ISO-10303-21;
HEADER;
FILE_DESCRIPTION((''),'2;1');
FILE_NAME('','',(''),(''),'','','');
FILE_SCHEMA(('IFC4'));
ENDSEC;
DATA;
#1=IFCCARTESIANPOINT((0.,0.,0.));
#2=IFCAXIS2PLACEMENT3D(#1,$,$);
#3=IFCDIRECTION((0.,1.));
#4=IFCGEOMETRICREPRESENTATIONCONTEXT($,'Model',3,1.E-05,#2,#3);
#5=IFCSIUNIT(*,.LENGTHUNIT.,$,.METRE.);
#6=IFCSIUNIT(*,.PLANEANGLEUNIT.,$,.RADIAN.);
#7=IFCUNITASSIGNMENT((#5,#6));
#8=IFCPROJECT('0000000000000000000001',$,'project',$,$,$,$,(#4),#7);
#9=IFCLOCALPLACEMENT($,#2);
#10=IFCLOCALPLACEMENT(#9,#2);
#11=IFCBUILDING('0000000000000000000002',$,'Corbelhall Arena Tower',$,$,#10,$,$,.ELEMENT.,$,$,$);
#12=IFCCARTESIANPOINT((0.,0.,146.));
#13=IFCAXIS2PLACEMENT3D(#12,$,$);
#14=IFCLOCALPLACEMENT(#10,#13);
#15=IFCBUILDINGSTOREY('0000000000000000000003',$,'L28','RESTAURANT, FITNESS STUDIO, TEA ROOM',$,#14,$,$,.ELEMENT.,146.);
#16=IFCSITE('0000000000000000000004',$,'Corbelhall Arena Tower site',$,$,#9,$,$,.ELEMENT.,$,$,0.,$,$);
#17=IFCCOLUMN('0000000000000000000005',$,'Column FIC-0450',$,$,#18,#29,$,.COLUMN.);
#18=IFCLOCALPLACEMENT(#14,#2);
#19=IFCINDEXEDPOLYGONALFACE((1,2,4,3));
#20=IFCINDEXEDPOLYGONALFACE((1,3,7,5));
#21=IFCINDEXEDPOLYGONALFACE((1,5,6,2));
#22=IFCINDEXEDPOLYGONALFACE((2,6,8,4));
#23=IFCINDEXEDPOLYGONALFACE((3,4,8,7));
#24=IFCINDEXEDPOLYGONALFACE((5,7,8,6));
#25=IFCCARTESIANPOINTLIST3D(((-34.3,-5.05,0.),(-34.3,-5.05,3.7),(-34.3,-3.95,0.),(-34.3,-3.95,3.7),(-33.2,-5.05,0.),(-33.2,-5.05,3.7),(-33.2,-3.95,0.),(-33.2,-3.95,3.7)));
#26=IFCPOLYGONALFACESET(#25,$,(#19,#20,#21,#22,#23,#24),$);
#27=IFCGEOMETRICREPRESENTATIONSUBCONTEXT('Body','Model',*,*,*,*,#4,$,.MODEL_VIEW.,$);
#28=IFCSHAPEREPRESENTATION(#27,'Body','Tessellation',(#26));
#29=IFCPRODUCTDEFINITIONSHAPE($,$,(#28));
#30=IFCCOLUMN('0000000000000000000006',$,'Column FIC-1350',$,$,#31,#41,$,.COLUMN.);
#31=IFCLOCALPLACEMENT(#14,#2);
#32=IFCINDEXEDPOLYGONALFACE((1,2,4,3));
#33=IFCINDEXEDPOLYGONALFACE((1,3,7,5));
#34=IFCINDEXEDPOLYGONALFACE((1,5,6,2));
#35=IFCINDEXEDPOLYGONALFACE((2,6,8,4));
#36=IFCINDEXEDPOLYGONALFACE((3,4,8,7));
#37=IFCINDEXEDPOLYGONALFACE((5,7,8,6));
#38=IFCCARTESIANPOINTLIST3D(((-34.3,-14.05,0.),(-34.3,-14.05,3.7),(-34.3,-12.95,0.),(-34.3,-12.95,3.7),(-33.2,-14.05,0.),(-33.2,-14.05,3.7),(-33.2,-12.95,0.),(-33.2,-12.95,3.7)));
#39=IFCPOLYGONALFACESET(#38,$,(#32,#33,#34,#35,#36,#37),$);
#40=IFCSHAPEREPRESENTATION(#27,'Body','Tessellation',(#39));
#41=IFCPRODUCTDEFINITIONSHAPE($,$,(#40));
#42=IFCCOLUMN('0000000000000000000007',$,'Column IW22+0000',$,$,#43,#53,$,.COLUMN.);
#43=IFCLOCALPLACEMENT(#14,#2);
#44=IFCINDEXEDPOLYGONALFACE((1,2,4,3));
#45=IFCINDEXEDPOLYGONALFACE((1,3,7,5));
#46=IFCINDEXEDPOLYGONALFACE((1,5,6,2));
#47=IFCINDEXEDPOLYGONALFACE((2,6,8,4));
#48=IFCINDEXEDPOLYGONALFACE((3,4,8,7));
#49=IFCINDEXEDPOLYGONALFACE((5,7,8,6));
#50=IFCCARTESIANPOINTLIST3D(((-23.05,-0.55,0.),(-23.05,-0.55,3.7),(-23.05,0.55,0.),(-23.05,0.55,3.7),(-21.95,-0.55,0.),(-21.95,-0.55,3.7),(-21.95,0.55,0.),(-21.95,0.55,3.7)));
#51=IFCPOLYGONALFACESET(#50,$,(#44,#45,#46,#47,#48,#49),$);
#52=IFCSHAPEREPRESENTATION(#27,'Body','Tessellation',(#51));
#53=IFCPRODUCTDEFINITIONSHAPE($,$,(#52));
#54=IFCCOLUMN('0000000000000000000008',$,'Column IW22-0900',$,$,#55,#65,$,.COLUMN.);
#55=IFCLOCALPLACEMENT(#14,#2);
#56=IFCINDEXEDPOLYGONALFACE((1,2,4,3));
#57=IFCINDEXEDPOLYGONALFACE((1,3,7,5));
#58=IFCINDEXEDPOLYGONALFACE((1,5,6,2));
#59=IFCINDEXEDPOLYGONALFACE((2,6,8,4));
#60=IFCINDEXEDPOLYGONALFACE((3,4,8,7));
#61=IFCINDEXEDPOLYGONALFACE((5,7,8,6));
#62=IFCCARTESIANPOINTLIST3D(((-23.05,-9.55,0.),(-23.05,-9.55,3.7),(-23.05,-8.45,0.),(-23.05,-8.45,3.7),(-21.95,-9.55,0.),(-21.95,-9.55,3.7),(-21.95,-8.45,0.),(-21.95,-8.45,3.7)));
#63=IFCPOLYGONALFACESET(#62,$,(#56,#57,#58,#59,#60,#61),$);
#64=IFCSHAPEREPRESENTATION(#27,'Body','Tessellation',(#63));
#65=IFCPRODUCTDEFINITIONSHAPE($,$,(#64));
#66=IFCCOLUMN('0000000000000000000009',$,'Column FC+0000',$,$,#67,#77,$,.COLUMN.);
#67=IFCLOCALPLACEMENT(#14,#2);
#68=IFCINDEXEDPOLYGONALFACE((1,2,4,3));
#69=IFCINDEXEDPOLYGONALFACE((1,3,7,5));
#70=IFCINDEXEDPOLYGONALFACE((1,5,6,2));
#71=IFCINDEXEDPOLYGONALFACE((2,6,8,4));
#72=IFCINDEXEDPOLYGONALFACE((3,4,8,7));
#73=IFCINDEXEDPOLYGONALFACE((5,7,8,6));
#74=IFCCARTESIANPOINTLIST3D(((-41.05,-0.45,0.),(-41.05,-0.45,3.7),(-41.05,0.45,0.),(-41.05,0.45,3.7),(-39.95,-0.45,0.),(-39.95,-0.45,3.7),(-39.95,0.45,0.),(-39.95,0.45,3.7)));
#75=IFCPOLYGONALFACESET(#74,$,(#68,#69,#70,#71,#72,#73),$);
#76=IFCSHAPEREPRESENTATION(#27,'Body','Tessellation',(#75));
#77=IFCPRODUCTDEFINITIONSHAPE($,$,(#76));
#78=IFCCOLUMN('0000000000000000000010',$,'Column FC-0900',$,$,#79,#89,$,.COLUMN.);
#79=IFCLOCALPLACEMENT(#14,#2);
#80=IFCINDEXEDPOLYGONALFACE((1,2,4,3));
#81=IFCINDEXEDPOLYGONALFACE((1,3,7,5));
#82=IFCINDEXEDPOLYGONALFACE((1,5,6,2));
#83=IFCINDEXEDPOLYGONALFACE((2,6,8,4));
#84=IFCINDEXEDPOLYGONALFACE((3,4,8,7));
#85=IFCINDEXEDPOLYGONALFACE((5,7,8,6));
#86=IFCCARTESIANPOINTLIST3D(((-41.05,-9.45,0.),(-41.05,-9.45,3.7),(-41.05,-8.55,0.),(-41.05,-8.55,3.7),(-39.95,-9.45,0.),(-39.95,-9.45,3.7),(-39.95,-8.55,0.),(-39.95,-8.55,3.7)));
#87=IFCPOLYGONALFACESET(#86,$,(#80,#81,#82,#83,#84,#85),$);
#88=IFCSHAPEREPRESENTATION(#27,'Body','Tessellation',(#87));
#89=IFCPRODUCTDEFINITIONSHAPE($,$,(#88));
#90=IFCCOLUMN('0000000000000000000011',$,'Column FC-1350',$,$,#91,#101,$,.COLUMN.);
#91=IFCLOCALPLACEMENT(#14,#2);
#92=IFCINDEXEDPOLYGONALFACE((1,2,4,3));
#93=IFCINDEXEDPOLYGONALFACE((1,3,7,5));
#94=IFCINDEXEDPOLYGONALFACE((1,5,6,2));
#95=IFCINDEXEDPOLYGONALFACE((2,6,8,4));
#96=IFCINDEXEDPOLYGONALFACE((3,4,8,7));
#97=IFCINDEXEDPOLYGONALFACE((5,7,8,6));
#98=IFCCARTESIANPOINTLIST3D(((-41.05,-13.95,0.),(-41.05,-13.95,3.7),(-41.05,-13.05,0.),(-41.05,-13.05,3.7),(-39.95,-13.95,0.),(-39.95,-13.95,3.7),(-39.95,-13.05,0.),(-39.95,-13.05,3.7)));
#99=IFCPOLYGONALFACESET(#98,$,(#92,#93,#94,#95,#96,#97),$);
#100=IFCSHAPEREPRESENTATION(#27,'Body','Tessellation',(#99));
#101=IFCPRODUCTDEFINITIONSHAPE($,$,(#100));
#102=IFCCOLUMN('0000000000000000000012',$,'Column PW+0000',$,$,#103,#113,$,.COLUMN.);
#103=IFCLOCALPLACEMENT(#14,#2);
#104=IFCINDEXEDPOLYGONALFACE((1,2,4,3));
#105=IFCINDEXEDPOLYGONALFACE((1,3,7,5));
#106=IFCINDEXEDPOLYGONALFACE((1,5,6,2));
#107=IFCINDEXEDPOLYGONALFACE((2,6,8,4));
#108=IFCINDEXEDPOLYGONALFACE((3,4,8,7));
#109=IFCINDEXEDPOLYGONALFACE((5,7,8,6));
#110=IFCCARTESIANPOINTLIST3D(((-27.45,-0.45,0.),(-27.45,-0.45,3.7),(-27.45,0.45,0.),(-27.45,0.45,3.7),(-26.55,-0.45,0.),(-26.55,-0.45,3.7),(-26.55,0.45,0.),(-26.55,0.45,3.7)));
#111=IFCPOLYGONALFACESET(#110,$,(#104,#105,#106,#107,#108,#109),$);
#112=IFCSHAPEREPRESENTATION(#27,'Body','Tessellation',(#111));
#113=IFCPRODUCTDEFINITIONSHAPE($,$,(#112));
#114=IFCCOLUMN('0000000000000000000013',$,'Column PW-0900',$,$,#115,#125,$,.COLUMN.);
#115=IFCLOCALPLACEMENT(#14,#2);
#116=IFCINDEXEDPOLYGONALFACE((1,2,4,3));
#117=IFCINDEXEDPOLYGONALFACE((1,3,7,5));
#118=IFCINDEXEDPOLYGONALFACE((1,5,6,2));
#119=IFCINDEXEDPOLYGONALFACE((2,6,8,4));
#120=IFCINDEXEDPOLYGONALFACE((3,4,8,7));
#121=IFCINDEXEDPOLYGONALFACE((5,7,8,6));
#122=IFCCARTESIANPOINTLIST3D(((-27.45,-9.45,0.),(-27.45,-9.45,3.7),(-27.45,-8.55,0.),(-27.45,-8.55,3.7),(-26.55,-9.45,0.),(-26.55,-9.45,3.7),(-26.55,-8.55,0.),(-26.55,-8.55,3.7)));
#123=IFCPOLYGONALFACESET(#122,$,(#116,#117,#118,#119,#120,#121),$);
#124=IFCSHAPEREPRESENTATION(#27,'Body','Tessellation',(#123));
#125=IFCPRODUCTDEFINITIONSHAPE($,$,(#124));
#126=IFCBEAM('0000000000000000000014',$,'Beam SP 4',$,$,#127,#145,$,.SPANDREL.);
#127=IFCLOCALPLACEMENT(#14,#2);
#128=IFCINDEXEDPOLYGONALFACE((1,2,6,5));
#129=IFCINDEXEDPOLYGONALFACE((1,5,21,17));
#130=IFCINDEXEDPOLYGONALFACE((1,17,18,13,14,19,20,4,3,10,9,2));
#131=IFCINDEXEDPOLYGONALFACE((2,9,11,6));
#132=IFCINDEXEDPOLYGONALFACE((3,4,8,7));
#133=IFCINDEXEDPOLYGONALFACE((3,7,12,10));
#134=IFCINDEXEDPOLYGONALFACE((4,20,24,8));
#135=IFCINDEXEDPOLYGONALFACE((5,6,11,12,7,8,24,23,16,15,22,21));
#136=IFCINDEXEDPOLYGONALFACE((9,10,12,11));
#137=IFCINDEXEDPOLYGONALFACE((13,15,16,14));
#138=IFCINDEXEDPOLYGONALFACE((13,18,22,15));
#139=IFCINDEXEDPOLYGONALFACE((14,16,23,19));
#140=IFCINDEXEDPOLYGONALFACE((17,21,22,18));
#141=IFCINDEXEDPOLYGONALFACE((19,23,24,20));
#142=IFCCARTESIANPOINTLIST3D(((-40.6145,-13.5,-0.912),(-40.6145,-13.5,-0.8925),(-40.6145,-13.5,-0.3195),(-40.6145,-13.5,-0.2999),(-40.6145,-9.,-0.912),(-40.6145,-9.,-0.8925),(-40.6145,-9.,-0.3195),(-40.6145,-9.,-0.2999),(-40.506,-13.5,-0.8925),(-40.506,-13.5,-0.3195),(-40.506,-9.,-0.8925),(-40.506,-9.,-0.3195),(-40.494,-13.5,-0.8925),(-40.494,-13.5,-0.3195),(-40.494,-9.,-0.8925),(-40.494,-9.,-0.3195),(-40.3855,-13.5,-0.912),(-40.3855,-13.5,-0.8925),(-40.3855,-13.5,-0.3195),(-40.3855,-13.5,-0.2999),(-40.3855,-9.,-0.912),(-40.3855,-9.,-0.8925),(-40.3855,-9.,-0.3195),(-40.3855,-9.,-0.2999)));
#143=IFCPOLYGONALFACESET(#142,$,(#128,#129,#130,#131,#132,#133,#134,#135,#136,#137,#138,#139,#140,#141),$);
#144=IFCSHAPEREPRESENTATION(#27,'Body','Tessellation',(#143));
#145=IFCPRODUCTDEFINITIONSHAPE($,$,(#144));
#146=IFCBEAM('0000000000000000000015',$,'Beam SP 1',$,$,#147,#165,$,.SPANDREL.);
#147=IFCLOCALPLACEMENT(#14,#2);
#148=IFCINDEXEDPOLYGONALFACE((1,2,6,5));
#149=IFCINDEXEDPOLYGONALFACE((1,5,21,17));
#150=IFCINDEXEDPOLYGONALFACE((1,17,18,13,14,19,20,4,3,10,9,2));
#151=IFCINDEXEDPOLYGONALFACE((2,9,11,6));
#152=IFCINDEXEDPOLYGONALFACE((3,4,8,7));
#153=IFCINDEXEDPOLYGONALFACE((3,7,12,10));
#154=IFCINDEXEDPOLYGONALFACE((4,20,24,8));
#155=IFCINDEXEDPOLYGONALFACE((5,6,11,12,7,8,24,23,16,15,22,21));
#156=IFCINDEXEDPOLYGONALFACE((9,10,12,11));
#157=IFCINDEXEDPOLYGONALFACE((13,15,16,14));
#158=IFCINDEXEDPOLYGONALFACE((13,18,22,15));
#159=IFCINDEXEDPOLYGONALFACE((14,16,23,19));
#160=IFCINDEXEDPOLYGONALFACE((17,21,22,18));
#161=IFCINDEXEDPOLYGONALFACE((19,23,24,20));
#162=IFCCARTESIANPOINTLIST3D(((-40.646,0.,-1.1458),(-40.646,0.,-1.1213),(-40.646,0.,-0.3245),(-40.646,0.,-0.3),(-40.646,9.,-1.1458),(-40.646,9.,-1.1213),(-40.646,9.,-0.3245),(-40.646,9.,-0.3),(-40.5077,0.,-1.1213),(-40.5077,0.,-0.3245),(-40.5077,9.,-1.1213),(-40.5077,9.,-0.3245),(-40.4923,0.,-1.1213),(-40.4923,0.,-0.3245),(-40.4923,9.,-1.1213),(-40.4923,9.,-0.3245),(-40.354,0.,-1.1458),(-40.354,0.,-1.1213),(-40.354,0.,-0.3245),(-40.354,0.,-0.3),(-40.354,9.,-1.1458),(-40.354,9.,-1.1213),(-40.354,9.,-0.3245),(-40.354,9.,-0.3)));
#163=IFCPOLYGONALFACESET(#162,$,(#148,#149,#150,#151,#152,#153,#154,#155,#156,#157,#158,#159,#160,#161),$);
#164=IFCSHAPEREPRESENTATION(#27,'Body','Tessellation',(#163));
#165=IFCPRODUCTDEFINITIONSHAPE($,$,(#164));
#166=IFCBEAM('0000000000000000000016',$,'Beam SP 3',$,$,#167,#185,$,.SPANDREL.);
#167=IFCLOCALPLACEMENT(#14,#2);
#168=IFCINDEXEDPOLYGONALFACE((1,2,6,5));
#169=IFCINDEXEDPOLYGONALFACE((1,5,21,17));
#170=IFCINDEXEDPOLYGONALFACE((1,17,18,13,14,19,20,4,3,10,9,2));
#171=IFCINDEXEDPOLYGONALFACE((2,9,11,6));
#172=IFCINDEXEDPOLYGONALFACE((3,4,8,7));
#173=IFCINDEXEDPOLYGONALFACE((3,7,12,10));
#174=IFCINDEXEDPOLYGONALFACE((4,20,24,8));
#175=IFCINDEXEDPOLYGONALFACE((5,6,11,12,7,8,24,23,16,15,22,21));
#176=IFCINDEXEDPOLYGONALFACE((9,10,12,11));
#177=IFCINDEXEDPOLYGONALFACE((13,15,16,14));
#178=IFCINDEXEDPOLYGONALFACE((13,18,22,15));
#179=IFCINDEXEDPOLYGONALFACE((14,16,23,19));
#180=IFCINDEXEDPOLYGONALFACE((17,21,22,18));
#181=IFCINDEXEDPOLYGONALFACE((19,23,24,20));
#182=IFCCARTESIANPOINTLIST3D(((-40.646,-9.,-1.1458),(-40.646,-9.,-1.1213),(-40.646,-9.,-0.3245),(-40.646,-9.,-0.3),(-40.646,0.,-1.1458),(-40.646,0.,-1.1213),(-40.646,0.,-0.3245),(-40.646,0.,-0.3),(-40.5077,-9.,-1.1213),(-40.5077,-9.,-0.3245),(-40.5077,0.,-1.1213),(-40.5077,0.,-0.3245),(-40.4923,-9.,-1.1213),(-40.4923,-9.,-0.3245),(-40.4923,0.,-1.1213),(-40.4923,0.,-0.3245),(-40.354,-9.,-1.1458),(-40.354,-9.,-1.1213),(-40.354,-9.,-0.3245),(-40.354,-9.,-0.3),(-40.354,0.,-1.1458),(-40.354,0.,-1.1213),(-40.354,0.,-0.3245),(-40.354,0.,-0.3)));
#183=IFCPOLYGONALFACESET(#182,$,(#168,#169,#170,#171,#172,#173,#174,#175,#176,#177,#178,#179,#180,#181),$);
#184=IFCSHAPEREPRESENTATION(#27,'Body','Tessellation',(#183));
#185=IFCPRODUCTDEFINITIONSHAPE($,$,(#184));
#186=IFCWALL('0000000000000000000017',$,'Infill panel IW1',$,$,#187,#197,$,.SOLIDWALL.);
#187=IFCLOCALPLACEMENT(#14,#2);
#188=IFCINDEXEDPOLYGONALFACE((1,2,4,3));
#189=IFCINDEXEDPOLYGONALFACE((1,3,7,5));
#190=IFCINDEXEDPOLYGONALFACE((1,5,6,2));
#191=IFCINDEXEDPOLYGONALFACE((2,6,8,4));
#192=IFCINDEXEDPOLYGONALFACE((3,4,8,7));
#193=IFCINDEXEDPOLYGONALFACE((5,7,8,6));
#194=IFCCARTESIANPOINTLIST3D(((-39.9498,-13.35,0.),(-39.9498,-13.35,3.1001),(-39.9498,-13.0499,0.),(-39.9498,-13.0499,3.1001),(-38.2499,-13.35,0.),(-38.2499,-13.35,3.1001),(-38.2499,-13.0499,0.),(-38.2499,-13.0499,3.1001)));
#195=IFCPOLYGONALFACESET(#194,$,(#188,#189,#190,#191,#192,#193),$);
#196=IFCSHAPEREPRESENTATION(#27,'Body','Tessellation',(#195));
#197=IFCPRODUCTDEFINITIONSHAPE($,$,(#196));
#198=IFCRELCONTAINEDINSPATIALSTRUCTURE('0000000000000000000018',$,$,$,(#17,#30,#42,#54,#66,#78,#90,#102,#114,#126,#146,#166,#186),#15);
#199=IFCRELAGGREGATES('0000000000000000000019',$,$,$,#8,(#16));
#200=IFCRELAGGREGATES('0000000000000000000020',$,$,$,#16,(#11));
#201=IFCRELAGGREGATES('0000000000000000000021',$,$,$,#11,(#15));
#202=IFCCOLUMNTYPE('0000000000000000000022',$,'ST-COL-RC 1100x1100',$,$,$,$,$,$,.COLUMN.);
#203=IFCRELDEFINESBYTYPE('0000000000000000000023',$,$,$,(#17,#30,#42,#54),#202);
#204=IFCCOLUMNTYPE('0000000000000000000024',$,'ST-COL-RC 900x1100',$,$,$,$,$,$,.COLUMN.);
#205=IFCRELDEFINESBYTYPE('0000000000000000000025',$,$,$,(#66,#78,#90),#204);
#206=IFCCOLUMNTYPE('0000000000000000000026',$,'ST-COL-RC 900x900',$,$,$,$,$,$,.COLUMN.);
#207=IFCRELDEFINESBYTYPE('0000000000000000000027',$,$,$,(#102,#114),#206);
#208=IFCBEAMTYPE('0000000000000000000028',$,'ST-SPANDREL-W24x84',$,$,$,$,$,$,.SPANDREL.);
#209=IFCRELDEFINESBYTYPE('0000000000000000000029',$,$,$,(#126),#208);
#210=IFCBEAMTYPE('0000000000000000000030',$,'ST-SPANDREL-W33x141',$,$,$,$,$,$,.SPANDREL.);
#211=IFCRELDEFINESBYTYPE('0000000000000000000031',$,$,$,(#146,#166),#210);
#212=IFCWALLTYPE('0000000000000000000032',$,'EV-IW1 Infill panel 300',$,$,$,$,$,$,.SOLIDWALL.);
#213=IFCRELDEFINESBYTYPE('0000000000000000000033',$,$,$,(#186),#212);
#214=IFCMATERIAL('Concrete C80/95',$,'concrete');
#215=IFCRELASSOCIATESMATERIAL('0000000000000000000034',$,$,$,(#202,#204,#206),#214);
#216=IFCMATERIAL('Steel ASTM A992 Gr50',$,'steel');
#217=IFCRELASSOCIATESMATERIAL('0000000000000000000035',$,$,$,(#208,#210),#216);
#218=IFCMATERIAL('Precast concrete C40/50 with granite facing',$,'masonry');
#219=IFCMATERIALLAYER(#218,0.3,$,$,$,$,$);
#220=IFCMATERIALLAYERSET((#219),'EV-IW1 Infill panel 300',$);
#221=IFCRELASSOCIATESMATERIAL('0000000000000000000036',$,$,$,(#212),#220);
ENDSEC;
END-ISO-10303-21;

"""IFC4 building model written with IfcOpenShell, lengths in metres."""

from ifc_helpers import new_model, si_unit, direction, frame, frame_2d, origin, origin_2d, place, context, subcontext, project, spatial, rectangle, i_section, extrude, material, layer, layer_set, material_profile, profile_set, type_object, element, save


model = new_model("IFC4")

# Units and contexts
model_context = context("Model", 3, precision=1e-05, world=origin(), true_north=direction((0.0, 1.0)))
body_context = subcontext(model_context, "Body", "Model", "MODEL_VIEW")
ifc_project = project(units=[si_unit("LENGTHUNIT", "METRE"), si_unit("PLANEANGLEUNIT", "RADIAN")], contexts=[model_context])

# Site, building, storey
site_placement = place(None, origin())
site = spatial("IfcSite", under=ifc_project, at=site_placement, Name="Corbelhall Arena Tower site", CompositionType="ELEMENT", RefElevation=0.0)
building_placement = place(site_placement, origin())
building = spatial("IfcBuilding", under=site, at=building_placement, Name="Corbelhall Arena Tower", CompositionType="ELEMENT")
storey_placement = place(building_placement, frame((0.0, 0.0, 146.0)))
storey = spatial("IfcBuildingStorey", under=building, at=storey_placement, Name="L28", Description="RESTAURANT, FITNESS STUDIO, TEA ROOM", CompositionType="ELEMENT", Elevation=146.0)

# Columns
ifc_material_1 = material(Name="Concrete C80/95", Category="concrete")
ifc_material_profile_1 = material_profile(ifc_material_1, rectangle(XDim=1.1001, YDim=1.1001, at=origin_2d()))
ifc_profile_set_1 = profile_set([ifc_material_profile_1], Name="Concrete C80/95")
column_type_1 = type_object("IfcColumnType", Name="ST-COL-RC 1100x1100", PredefinedType="COLUMN", material=ifc_profile_set_1)
for number, where, z_axis, x_axis, name in (
    (1, (-33.75, -4.5, 0.0), (0.0, 0.0, 1.0), (1.0, 0.0, 0.0), "Column FIC-0450"),
    (2, (-33.75, -13.5, 0.0), (0.0, 0.0, 1.0), (1.0, 0.0, 0.0), "Column FIC-1350"),
    (3, (-22.5, 0.0, 0.0), (0.0, 0.0, 1.0), (1.0, 0.0, 0.0), "Column IW22+0000"),
    (4, (-22.5, -9.0, 0.0), (0.0, 0.0, 1.0), (1.0, 0.0, 0.0), "Column IW22-0900"),
):
    element("IfcColumn", number, at=place(storey_placement, frame(where, z_axis=z_axis, x_axis=x_axis)), inside=storey, type_object=column_type_1, Name=name, PredefinedType="COLUMN", context=body_context, shape_type="SweptSolid", body=[
        extrude(rectangle(XDim=1.1001, YDim=1.1001, at=origin_2d()), origin(), (0.0, 0.0, 1.0), 3.7),
    ])
ifc_material_profile_2 = material_profile(ifc_material_1, rectangle(XDim=0.8999, YDim=1.1001, at=origin_2d()))
ifc_profile_set_2 = profile_set([ifc_material_profile_2], Name="Concrete C80/95")
column_type_2 = type_object("IfcColumnType", Name="ST-COL-RC 900x1100", PredefinedType="COLUMN", material=ifc_profile_set_2)
for number, where, z_axis, x_axis, name in (
    (5, (-40.5, 0.0, 0.0), (0.0, 0.0, 1.0), (0.0, 1.0, 0.0), "Column FC+0000"),
    (6, (-40.5, -9.0, 0.0), (0.0, 0.0, 1.0), (0.0, 1.0, 0.0), "Column FC-0900"),
    (7, (-40.5, -13.5, 0.0), (0.0, 0.0, 1.0), (0.0, 1.0, 0.0), "Column FC-1350"),
):
    element("IfcColumn", number, at=place(storey_placement, frame(where, z_axis=z_axis, x_axis=x_axis)), inside=storey, type_object=column_type_2, Name=name, PredefinedType="COLUMN", context=body_context, shape_type="SweptSolid", body=[
        extrude(rectangle(XDim=0.8999, YDim=1.1001, at=origin_2d()), origin(), (0.0, 0.0, 1.0), 3.7),
    ])
ifc_material_profile_3 = material_profile(ifc_material_1, rectangle(XDim=0.8999, YDim=0.8999, at=origin_2d()))
ifc_profile_set_3 = profile_set([ifc_material_profile_3], Name="Concrete C80/95")
column_type_3 = type_object("IfcColumnType", Name="ST-COL-RC 900x900", PredefinedType="COLUMN", material=ifc_profile_set_3)
for number, where, z_axis, x_axis, name in (
    (8, (-27.0, 0.0, 0.0), (0.0, 0.0, 1.0), (1.0, 0.0, 0.0), "Column PW+0000"),
    (9, (-27.0, -9.0, 0.0), (0.0, 0.0, 1.0), (1.0, 0.0, 0.0), "Column PW-0900"),
):
    element("IfcColumn", number, at=place(storey_placement, frame(where, z_axis=z_axis, x_axis=x_axis)), inside=storey, type_object=column_type_3, Name=name, PredefinedType="COLUMN", context=body_context, shape_type="SweptSolid", body=[
        extrude(rectangle(XDim=0.8999, YDim=0.8999, at=origin_2d()), origin(), (0.0, 0.0, 1.0), 3.7),
    ])

# Beams
ifc_material_2 = material(Name="Steel ASTM A992 Gr50", Category="steel")
ifc_material_profile_4 = material_profile(ifc_material_2, i_section(OverallWidth=0.229, OverallDepth=0.6121, WebThickness=0.012, FlangeThickness=0.0195, at=origin_2d()))
ifc_profile_set_4 = profile_set([ifc_material_profile_4], Name="Steel ASTM A992 Gr50")
beam_type_1 = type_object("IfcBeamType", Name="ST-SPANDREL-W24x84", PredefinedType="SPANDREL", material=ifc_profile_set_4)
beam_placement = place(storey_placement, frame((-40.5, -13.5, -0.606), z_axis=(0.0, 1.0, 0.0), x_axis=(-1.0, 0.0, 0.0)))
element("IfcBeam", 10, at=beam_placement, inside=storey, type_object=beam_type_1, Name="Beam SP 4", PredefinedType="SPANDREL", context=body_context, shape_type="SweptSolid", body=[
    extrude(i_section(OverallWidth=0.229, OverallDepth=0.6121, WebThickness=0.012, FlangeThickness=0.0195, at=origin_2d()), origin(), (0.0, 0.0, 1.0), 4.5),
])
ifc_material_profile_5 = material_profile(ifc_material_2, i_section(OverallWidth=0.292, OverallDepth=0.8457, WebThickness=0.0154, FlangeThickness=0.0244, at=origin_2d()))
ifc_profile_set_5 = profile_set([ifc_material_profile_5], Name="Steel ASTM A992 Gr50")
beam_type_2 = type_object("IfcBeamType", Name="ST-SPANDREL-W33x141", PredefinedType="SPANDREL", material=ifc_profile_set_5)
for number, where, z_axis, x_axis, name in (
    (11, (-40.5, 0.0, -0.7229), (0.0, 1.0, 0.0), (-1.0, 0.0, 0.0), "Beam SP 1"),
    (12, (-40.5, -9.0, -0.7229), (0.0, 1.0, 0.0), (-1.0, 0.0, 0.0), "Beam SP 3"),
):
    element("IfcBeam", number, at=place(storey_placement, frame(where, z_axis=z_axis, x_axis=x_axis)), inside=storey, type_object=beam_type_2, Name=name, PredefinedType="SPANDREL", context=body_context, shape_type="SweptSolid", body=[
        extrude(i_section(OverallWidth=0.292, OverallDepth=0.8457, WebThickness=0.0154, FlangeThickness=0.0244, at=origin_2d()), origin(), (0.0, 0.0, 1.0), 9.0),
    ])

# Wall
ifc_material_3 = material(Name="Precast concrete C40/50 with granite facing", Category="masonry")
ifc_layer_1 = layer(ifc_material_3, 0.3)
ifc_layer_set_1 = layer_set([ifc_layer_1], Name="EV-IW1 Infill panel 300")
wall_type_1 = type_object("IfcWallType", Name="EV-IW1 Infill panel 300", PredefinedType="SOLIDWALL", material=ifc_layer_set_1)
wall_1_placement = place(storey_placement, frame((-39.95, -13.2, 0.0), z_axis=(0.0, 0.0, 1.0), x_axis=(1.0, 0.0, 0.0)))
element("IfcWall", 13, at=wall_1_placement, inside=storey, type_object=wall_type_1, Name="Infill panel IW1", PredefinedType="SOLIDWALL", context=body_context, shape_type="SweptSolid", body=[
    extrude(rectangle(XDim=1.7, YDim=0.3, at=frame_2d((0.8501, 0.0))), origin(), (0.0, 0.0, 1.0), 3.1001),
])

save(model, "model.ifc")
